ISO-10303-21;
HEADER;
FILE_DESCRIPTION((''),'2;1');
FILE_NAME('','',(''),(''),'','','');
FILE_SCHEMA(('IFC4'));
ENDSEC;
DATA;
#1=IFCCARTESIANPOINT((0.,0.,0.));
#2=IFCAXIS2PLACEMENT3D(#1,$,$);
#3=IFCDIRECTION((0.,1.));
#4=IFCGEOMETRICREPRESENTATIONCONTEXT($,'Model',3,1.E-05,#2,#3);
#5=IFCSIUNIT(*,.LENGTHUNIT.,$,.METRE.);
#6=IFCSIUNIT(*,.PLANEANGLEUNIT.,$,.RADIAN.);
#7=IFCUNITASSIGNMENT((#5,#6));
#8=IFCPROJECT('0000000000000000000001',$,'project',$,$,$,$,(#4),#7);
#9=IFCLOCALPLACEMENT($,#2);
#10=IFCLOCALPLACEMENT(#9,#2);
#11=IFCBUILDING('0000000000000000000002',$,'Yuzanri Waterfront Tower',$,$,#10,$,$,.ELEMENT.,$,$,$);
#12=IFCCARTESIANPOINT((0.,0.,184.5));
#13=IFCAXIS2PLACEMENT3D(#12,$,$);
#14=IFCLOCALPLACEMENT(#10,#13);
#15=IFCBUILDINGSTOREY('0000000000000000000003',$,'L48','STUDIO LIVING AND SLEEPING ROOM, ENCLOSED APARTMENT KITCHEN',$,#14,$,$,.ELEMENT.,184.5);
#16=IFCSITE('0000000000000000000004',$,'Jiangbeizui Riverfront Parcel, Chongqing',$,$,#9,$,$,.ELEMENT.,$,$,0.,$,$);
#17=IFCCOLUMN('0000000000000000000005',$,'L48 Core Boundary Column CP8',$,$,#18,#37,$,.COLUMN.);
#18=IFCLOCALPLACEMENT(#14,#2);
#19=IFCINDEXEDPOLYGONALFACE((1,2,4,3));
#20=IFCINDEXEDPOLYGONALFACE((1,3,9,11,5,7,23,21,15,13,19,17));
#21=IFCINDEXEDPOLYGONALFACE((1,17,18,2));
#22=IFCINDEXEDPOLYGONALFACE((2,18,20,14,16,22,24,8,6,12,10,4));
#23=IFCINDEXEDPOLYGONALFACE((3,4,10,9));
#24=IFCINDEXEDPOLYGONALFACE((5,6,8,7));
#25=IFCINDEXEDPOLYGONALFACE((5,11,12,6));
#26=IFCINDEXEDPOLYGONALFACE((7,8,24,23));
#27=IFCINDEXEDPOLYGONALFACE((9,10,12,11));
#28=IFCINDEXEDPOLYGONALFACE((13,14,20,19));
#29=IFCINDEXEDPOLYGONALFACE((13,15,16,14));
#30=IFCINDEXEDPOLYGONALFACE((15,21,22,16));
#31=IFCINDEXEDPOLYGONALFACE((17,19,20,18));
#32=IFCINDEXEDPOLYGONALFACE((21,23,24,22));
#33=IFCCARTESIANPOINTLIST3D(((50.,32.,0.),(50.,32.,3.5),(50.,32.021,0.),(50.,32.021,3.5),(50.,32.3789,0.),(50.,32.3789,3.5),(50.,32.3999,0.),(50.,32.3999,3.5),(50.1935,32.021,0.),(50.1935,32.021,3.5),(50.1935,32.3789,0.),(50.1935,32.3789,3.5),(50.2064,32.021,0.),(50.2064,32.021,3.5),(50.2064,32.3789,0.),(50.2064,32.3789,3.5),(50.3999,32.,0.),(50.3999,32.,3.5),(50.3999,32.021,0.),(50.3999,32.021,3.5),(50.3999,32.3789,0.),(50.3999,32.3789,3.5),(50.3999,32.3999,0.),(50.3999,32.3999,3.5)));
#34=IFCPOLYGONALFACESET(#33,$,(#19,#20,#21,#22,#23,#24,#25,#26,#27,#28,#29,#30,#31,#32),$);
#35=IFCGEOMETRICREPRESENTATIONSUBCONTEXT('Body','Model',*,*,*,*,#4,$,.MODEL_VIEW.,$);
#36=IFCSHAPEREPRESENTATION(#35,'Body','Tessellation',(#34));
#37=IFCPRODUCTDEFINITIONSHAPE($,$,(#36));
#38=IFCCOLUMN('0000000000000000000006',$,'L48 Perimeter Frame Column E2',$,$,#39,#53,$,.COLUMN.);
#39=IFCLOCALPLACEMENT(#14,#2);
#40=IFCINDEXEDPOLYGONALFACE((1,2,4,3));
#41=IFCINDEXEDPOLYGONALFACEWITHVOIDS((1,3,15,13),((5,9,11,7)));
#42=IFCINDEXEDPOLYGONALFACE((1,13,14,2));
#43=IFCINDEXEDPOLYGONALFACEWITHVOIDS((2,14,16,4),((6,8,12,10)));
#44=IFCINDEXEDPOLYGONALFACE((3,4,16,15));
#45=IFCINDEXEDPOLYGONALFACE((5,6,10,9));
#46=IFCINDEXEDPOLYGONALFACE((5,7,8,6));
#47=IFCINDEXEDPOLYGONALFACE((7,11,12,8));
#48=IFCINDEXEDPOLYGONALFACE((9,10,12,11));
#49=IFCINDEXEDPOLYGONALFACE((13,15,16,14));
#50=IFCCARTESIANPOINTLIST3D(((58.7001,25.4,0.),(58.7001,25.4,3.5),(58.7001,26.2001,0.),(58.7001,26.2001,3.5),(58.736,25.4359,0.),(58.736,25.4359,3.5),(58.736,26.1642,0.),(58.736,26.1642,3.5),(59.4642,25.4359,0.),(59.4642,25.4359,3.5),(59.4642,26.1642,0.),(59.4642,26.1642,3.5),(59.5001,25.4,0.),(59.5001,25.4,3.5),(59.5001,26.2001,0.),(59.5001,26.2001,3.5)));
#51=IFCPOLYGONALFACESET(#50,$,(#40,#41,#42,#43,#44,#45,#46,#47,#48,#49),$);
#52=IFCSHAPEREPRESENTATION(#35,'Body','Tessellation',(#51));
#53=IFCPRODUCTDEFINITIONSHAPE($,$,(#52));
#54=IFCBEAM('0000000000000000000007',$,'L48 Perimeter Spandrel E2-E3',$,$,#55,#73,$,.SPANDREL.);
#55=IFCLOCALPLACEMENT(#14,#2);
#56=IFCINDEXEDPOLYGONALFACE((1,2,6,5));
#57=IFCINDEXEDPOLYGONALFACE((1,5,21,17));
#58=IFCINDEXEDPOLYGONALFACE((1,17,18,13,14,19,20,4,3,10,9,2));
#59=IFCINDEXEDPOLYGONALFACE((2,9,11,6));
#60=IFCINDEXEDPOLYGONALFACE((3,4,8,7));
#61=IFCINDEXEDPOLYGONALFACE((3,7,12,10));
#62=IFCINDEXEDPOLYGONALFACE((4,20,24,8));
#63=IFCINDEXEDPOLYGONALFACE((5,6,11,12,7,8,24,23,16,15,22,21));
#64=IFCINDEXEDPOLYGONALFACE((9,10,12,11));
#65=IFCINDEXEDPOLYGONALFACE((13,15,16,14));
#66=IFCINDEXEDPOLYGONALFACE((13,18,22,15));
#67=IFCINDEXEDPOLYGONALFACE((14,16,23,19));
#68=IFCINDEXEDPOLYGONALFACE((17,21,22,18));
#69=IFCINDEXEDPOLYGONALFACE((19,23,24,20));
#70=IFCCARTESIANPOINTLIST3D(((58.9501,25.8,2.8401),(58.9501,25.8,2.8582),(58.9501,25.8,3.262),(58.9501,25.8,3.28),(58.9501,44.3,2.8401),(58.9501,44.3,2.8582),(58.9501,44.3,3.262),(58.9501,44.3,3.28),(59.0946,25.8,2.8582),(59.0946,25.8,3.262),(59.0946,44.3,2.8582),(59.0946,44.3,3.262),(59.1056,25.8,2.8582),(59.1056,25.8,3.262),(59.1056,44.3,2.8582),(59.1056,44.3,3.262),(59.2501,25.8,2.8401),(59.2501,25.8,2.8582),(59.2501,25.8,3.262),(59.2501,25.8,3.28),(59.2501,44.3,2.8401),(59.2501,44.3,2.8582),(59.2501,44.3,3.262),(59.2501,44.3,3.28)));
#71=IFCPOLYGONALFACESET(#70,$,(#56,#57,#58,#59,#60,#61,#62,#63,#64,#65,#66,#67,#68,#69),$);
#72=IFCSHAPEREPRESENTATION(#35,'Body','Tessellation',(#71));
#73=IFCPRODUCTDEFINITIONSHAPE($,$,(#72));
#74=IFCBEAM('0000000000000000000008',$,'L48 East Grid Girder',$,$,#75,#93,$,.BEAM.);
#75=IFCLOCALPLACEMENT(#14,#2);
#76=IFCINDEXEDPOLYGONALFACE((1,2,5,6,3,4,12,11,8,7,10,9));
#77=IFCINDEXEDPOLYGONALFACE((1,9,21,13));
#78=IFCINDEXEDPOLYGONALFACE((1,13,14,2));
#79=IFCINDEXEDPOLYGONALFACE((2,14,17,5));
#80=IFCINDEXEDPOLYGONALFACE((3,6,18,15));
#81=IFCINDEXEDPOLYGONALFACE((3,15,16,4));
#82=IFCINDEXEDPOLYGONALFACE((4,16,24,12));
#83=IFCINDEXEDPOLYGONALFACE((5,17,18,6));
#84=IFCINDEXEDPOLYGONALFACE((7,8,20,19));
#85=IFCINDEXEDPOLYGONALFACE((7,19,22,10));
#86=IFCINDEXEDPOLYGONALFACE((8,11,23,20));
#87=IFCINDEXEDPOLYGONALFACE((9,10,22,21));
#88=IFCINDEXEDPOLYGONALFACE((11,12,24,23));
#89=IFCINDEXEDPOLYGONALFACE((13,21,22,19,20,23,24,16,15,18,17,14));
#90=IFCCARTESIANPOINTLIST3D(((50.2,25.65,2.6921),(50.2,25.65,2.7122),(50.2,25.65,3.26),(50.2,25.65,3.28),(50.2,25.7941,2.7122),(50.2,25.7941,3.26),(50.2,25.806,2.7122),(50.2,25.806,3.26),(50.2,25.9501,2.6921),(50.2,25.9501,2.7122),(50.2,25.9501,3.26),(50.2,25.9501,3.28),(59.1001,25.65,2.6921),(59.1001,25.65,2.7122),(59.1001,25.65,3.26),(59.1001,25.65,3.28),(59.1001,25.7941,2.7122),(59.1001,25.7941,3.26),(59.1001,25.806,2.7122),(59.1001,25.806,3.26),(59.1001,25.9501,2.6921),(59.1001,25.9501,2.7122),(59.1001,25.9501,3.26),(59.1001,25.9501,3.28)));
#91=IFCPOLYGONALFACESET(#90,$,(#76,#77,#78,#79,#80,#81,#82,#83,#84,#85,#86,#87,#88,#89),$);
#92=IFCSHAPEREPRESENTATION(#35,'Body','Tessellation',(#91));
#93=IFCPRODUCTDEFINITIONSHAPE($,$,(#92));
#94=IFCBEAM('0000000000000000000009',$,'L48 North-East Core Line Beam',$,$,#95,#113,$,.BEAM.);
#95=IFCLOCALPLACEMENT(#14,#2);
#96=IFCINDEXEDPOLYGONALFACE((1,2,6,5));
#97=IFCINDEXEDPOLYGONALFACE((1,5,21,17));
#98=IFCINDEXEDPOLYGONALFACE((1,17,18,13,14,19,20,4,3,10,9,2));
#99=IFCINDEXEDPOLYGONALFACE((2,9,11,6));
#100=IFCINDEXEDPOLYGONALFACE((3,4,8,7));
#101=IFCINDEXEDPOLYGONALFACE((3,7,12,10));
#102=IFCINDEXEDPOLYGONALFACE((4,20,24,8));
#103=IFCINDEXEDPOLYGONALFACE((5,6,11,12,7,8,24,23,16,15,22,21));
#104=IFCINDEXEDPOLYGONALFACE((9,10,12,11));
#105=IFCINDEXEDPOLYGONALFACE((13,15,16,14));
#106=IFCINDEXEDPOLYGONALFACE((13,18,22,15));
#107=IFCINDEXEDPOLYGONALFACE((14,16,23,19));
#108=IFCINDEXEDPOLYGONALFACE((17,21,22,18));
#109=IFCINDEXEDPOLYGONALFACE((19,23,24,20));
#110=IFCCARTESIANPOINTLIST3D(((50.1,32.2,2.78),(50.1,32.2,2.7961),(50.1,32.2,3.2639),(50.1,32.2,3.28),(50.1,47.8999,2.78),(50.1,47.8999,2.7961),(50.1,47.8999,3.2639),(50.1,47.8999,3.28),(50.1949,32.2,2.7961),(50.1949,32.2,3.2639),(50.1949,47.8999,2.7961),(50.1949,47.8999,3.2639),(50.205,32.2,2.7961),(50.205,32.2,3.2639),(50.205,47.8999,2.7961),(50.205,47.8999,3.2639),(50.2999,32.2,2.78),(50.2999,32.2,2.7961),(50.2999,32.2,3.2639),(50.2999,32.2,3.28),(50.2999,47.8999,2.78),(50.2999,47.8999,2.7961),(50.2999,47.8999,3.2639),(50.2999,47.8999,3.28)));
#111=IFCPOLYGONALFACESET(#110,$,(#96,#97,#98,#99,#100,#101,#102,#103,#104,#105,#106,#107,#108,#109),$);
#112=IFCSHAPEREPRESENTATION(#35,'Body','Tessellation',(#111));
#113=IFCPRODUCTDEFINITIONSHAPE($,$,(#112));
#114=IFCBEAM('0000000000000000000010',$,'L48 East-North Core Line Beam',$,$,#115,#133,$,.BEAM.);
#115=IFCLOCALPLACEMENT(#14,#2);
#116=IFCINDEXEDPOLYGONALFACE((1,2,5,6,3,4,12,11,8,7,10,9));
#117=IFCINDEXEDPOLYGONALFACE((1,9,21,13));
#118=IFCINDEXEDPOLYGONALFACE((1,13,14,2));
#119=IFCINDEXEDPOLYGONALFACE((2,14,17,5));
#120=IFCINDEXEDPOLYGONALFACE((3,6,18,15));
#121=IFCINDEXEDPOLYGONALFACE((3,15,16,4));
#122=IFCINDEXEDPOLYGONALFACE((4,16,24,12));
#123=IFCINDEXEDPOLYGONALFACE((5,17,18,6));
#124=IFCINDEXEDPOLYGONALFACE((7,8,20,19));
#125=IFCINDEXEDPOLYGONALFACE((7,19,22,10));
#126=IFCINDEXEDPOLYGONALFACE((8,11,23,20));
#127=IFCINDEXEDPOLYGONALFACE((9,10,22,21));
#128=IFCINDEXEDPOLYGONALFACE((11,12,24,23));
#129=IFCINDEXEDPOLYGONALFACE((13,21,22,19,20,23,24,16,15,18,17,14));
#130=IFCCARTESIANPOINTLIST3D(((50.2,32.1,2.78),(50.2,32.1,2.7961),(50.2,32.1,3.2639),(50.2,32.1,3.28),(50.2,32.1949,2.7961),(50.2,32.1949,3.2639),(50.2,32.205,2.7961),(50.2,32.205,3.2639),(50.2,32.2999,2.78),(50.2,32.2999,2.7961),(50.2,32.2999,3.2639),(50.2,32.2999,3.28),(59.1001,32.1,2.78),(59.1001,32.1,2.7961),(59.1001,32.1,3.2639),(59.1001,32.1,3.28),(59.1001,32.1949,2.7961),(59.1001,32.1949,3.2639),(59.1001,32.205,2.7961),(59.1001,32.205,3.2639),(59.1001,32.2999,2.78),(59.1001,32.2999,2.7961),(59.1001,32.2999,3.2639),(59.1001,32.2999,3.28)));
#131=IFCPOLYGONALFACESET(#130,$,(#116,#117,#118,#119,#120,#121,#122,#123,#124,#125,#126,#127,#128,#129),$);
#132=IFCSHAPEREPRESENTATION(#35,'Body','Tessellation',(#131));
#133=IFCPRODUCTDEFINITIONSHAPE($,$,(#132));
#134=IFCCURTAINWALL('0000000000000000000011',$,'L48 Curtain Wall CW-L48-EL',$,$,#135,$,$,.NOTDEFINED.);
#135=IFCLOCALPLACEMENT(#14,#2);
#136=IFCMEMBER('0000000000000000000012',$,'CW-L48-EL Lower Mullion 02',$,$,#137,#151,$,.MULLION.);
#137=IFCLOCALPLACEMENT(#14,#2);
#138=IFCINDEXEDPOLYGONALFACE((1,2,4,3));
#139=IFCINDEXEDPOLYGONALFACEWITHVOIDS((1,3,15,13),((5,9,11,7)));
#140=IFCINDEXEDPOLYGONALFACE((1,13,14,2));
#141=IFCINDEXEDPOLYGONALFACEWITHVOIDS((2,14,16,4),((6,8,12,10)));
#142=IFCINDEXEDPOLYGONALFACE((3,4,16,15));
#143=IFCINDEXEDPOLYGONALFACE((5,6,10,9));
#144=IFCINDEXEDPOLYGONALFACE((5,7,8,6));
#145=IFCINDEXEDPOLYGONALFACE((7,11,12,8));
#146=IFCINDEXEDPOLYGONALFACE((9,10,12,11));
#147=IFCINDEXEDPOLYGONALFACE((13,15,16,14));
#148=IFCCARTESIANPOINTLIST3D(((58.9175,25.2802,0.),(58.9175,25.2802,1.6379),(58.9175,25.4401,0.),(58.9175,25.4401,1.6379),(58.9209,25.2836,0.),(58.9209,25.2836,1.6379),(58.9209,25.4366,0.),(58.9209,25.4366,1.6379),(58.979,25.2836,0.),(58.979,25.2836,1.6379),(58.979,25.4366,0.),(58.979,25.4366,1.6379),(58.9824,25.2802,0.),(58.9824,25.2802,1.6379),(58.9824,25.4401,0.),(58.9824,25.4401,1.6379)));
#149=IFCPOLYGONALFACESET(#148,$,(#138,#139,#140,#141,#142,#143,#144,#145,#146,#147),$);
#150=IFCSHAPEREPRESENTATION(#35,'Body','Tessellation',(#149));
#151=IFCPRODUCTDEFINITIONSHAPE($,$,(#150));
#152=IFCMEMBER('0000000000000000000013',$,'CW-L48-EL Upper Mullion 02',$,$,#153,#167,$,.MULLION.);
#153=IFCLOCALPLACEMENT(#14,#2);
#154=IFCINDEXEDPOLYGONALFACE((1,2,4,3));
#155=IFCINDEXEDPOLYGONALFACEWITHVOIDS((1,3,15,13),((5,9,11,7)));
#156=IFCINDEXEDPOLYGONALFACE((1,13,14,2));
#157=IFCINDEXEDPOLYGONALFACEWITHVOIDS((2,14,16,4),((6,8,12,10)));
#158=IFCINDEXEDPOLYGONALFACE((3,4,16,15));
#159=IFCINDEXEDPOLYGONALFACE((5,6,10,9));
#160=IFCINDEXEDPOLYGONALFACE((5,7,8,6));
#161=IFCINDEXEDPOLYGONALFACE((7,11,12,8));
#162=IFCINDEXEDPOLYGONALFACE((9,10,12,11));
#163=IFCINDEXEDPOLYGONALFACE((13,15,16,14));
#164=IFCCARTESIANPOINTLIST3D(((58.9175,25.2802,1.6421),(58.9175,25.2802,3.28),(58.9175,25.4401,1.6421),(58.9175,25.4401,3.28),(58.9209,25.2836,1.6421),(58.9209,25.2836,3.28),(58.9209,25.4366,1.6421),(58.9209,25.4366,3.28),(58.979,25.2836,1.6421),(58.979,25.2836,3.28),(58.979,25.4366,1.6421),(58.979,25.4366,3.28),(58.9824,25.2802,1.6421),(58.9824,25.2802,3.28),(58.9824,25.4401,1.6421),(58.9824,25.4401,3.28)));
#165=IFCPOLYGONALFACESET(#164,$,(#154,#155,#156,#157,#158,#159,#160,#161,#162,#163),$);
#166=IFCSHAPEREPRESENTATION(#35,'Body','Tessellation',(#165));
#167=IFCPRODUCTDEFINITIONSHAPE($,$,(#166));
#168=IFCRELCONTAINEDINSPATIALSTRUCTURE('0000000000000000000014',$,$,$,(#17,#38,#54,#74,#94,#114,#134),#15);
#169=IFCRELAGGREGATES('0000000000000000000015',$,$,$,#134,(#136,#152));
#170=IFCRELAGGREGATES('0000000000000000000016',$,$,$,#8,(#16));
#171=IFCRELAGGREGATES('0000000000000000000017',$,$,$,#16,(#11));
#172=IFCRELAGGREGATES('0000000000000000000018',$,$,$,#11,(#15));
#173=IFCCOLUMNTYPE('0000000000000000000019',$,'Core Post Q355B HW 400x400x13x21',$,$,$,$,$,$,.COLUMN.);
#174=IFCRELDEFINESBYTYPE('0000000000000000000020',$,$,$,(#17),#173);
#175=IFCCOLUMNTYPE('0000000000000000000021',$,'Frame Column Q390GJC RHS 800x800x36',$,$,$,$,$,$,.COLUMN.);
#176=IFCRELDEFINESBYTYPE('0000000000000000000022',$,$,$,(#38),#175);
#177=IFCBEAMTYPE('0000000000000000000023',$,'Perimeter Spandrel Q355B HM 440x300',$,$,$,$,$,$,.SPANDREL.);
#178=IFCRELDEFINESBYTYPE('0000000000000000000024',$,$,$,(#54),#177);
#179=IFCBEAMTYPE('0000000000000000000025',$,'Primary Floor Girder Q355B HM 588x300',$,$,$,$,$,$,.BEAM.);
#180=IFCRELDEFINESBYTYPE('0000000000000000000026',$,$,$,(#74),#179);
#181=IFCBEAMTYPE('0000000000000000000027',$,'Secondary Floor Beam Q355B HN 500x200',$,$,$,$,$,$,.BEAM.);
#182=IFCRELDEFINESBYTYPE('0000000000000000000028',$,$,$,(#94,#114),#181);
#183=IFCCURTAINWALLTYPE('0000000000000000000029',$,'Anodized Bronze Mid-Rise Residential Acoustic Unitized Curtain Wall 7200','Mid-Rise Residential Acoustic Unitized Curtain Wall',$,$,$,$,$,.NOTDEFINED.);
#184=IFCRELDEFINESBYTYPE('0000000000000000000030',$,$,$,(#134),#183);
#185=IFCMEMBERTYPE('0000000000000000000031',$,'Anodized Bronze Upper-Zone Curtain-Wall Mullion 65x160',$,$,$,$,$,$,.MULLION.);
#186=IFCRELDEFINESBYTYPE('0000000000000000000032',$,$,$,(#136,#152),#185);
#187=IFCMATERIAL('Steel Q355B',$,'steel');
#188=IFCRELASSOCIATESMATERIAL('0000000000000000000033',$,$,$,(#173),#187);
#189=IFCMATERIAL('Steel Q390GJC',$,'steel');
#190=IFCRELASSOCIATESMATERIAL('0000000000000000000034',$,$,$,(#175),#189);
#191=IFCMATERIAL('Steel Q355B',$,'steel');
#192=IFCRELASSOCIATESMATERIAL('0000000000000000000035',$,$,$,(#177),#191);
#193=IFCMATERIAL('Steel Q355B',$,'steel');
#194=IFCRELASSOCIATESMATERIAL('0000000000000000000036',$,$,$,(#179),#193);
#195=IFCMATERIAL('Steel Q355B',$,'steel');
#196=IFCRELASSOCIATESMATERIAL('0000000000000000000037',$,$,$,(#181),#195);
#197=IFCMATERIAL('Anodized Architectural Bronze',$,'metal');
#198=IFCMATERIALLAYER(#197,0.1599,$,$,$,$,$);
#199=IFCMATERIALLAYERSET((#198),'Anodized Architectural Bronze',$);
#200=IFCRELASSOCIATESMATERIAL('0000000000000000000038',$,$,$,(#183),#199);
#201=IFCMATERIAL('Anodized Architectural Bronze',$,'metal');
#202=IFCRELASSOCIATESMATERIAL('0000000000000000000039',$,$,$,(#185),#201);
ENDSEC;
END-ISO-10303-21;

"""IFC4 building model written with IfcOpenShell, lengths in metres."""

from ifc_helpers import new_model, si_unit, direction, frame, origin, origin_2d, place, context, subcontext, project, spatial, hollow_rectangle, i_section, extrude, source, transform, mapped, material, layer, layer_set, material_profile, profile_set, type_object, element, aggregate, save


model = new_model("IFC4")

# Units and contexts
model_context = context("Model", 3, precision=1e-05, world=origin(), true_north=direction((0.0, 1.0)))
body_context = subcontext(model_context, "Body", "Model", "MODEL_VIEW")
ifc_project = project(units=[si_unit("LENGTHUNIT", "METRE"), si_unit("PLANEANGLEUNIT", "RADIAN")], contexts=[model_context])

# Site, building, storey
site_placement = place(None, origin())
site = spatial("IfcSite", under=ifc_project, at=site_placement, Name="Jiangbeizui Riverfront Parcel, Chongqing", CompositionType="ELEMENT", RefElevation=0.0)
building_placement = place(site_placement, origin())
building = spatial("IfcBuilding", under=site, at=building_placement, Name="Yuzanri Waterfront Tower", CompositionType="ELEMENT")
storey_placement = place(building_placement, frame((0.0, 0.0, 184.5)))
storey = spatial("IfcBuildingStorey", under=building, at=storey_placement, Name="L48", Description="STUDIO LIVING AND SLEEPING ROOM, ENCLOSED APARTMENT KITCHEN", CompositionType="ELEMENT", Elevation=184.5)

# Columns
ifc_material_1 = material(Name="Steel Q355B", Category="steel")
ifc_material_profile_1 = material_profile(ifc_material_1, i_section(OverallWidth=0.3999, OverallDepth=0.3999, WebThickness=0.0129, FlangeThickness=0.021, at=origin_2d()), Name="HW 400x400x13x21")
ifc_profile_set_1 = profile_set([ifc_material_profile_1], Name="Steel Q355B")
column_type_1 = type_object("IfcColumnType", Name="Core Post Q355B HW 400x400x13x21", PredefinedType="COLUMN", material=ifc_profile_set_1)
shared_shape_1 = source(origin(), body_context, "Body", "SweptSolid", [
    extrude(i_section(OverallWidth=0.3999, OverallDepth=0.3999, WebThickness=0.0129, FlangeThickness=0.021, at=origin_2d()), origin(), (0.0, 0.0, 1.0), 3.5),
])
column_1_placement = place(storey_placement, frame((50.2, 32.2, 0.0), z_axis=(0.0, 0.0, 1.0), x_axis=(1.0, 0.0, 0.0)))
element("IfcColumn", 1, at=column_1_placement, inside=storey, type_object=column_type_1, Name="L48 Core Boundary Column CP8", PredefinedType="COLUMN", context=body_context, shape_type="MappedRepresentation", body=[
    mapped(shared_shape_1, transform((0.0, 0.0, 0.0), scale=1.0)),
])
ifc_material_2 = material(Name="Steel Q390GJC", Category="steel")
ifc_material_profile_2 = material_profile(ifc_material_2, hollow_rectangle(XDim=0.8, YDim=0.8, WallThickness=0.0359, at=origin_2d()), Name="RHS 800x800x36")
ifc_profile_set_2 = profile_set([ifc_material_profile_2], Name="Steel Q390GJC")
column_type_2 = type_object("IfcColumnType", Name="Frame Column Q390GJC RHS 800x800x36", PredefinedType="COLUMN", material=ifc_profile_set_2)
shared_shape_2 = source(origin(), body_context, "Body", "SweptSolid", [
    extrude(hollow_rectangle(XDim=0.8, YDim=0.8, WallThickness=0.0359, at=origin_2d()), origin(), (0.0, 0.0, 1.0), 3.5),
])
column_2_placement = place(storey_placement, frame((59.1001, 25.8, 0.0), z_axis=(0.0, 0.0, 1.0), x_axis=(1.0, 0.0, 0.0)))
element("IfcColumn", 2, at=column_2_placement, inside=storey, type_object=column_type_2, Name="L48 Perimeter Frame Column E2", PredefinedType="COLUMN", context=body_context, shape_type="MappedRepresentation", body=[
    mapped(shared_shape_2, transform((0.0, 0.0, 0.0), scale=1.0)),
])

# Beams
ifc_material_3 = material(Name="Steel Q355B", Category="steel")
ifc_material_profile_3 = material_profile(ifc_material_3, i_section(OverallWidth=0.3, OverallDepth=0.4399, WebThickness=0.011, FlangeThickness=0.0181, at=origin_2d()), Name="HM 440x300x11x18")
ifc_profile_set_3 = profile_set([ifc_material_profile_3], Name="Steel Q355B")
beam_type_1 = type_object("IfcBeamType", Name="Perimeter Spandrel Q355B HM 440x300", PredefinedType="SPANDREL", material=ifc_profile_set_3)
shared_shape_3 = source(origin(), body_context, "Body", "SweptSolid", [
    extrude(i_section(OverallWidth=0.3, OverallDepth=0.4399, WebThickness=0.011, FlangeThickness=0.0181, at=origin_2d()), origin(), (0.0, 0.0, 1.0), 18.5),
])
beam_1_placement = place(storey_placement, frame((59.1001, 25.8, 3.0601), z_axis=(0.0, 1.0, 0.0), x_axis=(-1.0, 0.0, 0.0)))
element("IfcBeam", 3, at=beam_1_placement, inside=storey, type_object=beam_type_1, Name="L48 Perimeter Spandrel E2-E3", PredefinedType="SPANDREL", context=body_context, shape_type="MappedRepresentation", body=[
    mapped(shared_shape_3, transform((0.0, 0.0, 0.0), scale=1.0)),
])
ifc_material_4 = material(Name="Steel Q355B", Category="steel")
ifc_material_profile_4 = material_profile(ifc_material_4, i_section(OverallWidth=0.3, OverallDepth=0.5879, WebThickness=0.012, FlangeThickness=0.02, at=origin_2d()), Name="HM 588x300x12x20")
ifc_profile_set_4 = profile_set([ifc_material_profile_4], Name="Steel Q355B")
beam_type_2 = type_object("IfcBeamType", Name="Primary Floor Girder Q355B HM 588x300", PredefinedType="BEAM", material=ifc_profile_set_4)
shared_shape_4 = source(origin(), body_context, "Body", "SweptSolid", [
    extrude(i_section(OverallWidth=0.3, OverallDepth=0.5879, WebThickness=0.012, FlangeThickness=0.02, at=origin_2d()), origin(), (0.0, 0.0, 1.0), 8.9001),
])
beam_2_placement = place(storey_placement, frame((50.2, 25.8, 2.9861), z_axis=(1.0, 0.0, 0.0), x_axis=(0.0, 1.0, 0.0)))
element("IfcBeam", 4, at=beam_2_placement, inside=storey, type_object=beam_type_2, Name="L48 East Grid Girder", PredefinedType="BEAM", context=body_context, shape_type="MappedRepresentation", body=[
    mapped(shared_shape_4, transform((0.0, 0.0, 0.0), scale=1.0)),
])
ifc_material_5 = material(Name="Steel Q355B", Category="steel")
ifc_material_profile_5 = material_profile(ifc_material_5, i_section(OverallWidth=0.2, OverallDepth=0.5, WebThickness=0.01, FlangeThickness=0.0161, at=origin_2d()), Name="HN 500x200x10x16")
ifc_profile_set_5 = profile_set([ifc_material_profile_5], Name="Steel Q355B")
beam_type_3 = type_object("IfcBeamType", Name="Secondary Floor Beam Q355B HN 500x200", PredefinedType="BEAM", material=ifc_profile_set_5)
shared_shape_5 = source(origin(), body_context, "Body", "SweptSolid", [
    extrude(i_section(OverallWidth=0.2, OverallDepth=0.5, WebThickness=0.01, FlangeThickness=0.0161, at=origin_2d()), origin(), (0.0, 0.0, 1.0), 15.7),
])
beam_3_placement = place(storey_placement, frame((50.2, 32.2, 3.03), z_axis=(0.0, 1.0, 0.0), x_axis=(-1.0, 0.0, 0.0)))
element("IfcBeam", 5, at=beam_3_placement, inside=storey, type_object=beam_type_3, Name="L48 North-East Core Line Beam", PredefinedType="BEAM", context=body_context, shape_type="MappedRepresentation", body=[
    mapped(shared_shape_5, transform((0.0, 0.0, 0.0), scale=1.0)),
])
shared_shape_6 = source(origin(), body_context, "Body", "SweptSolid", [
    extrude(i_section(OverallWidth=0.2, OverallDepth=0.5, WebThickness=0.01, FlangeThickness=0.0161, at=origin_2d()), origin(), (0.0, 0.0, 1.0), 8.9001),
])
beam_4_placement = place(storey_placement, frame((50.2, 32.2, 3.03), z_axis=(1.0, 0.0, 0.0), x_axis=(0.0, 1.0, 0.0)))
element("IfcBeam", 6, at=beam_4_placement, inside=storey, type_object=beam_type_3, Name="L48 East-North Core Line Beam", PredefinedType="BEAM", context=body_context, shape_type="MappedRepresentation", body=[
    mapped(shared_shape_6, transform((0.0, 0.0, 0.0), scale=1.0)),
])

# Curtain wall, members
ifc_material_6 = material(Name="Anodized Architectural Bronze", Category="metal")
ifc_layer_1 = layer(ifc_material_6, 0.1599)
ifc_layer_set_1 = layer_set([ifc_layer_1], Name="Anodized Architectural Bronze")
curtain_wall_type = type_object("IfcCurtainWallType", Name="Anodized Bronze Mid-Rise Residential Acoustic Unitized Curtain Wall 7200", Description="Mid-Rise Residential Acoustic Unitized Curtain Wall", PredefinedType="NOTDEFINED", material=ifc_layer_set_1)
curtain_wall_1_placement = place(storey_placement, origin())
curtain_wall_1 = element("IfcCurtainWall", 7, at=curtain_wall_1_placement, inside=storey, type_object=curtain_wall_type, Name="L48 Curtain Wall CW-L48-EL", PredefinedType="NOTDEFINED")
ifc_material_7 = material(Name="Anodized Architectural Bronze", Category="metal")
ifc_material_profile_6 = material_profile(ifc_material_7, hollow_rectangle(XDim=0.0649, YDim=0.1599, WallThickness=0.0034, at=origin_2d()), Name="CWM 65x160")
ifc_profile_set_6 = profile_set([ifc_material_profile_6], Name="Anodized Architectural Bronze")
member_type_1 = type_object("IfcMemberType", Name="Anodized Bronze Upper-Zone Curtain-Wall Mullion 65x160", PredefinedType="MULLION", material=ifc_profile_set_6)
shared_shape_7 = source(origin(), body_context, "Body", "SweptSolid", [
    extrude(hollow_rectangle(XDim=0.0649, YDim=0.1599, WallThickness=0.0034, at=origin_2d()), origin(), (0.0, 0.0, 1.0), 1.6379),
])
member_1_placement = place(storey_placement, frame((58.95, 25.3601, 0.0), z_axis=(0.0, 0.0, 1.0), x_axis=(1.0, 0.0, 0.0)))
member_1 = element("IfcMember", 8, at=member_1_placement, type_object=member_type_1, Name="CW-L48-EL Lower Mullion 02", PredefinedType="MULLION", context=body_context, shape_type="MappedRepresentation", body=[
    mapped(shared_shape_7, transform((0.0, 0.0, 0.0), scale=1.0)),
])
member_2_placement = place(storey_placement, frame((58.95, 25.3601, 1.6421), z_axis=(0.0, 0.0, 1.0), x_axis=(1.0, 0.0, 0.0)))
member_2 = element("IfcMember", 9, at=member_2_placement, type_object=member_type_1, Name="CW-L48-EL Upper Mullion 02", PredefinedType="MULLION", context=body_context, shape_type="MappedRepresentation", body=[
    mapped(shared_shape_7, transform((0.0, 0.0, 0.0), scale=1.0)),
])
aggregate(curtain_wall_1, [member_1, member_2])

save(model, "model.ifc")
